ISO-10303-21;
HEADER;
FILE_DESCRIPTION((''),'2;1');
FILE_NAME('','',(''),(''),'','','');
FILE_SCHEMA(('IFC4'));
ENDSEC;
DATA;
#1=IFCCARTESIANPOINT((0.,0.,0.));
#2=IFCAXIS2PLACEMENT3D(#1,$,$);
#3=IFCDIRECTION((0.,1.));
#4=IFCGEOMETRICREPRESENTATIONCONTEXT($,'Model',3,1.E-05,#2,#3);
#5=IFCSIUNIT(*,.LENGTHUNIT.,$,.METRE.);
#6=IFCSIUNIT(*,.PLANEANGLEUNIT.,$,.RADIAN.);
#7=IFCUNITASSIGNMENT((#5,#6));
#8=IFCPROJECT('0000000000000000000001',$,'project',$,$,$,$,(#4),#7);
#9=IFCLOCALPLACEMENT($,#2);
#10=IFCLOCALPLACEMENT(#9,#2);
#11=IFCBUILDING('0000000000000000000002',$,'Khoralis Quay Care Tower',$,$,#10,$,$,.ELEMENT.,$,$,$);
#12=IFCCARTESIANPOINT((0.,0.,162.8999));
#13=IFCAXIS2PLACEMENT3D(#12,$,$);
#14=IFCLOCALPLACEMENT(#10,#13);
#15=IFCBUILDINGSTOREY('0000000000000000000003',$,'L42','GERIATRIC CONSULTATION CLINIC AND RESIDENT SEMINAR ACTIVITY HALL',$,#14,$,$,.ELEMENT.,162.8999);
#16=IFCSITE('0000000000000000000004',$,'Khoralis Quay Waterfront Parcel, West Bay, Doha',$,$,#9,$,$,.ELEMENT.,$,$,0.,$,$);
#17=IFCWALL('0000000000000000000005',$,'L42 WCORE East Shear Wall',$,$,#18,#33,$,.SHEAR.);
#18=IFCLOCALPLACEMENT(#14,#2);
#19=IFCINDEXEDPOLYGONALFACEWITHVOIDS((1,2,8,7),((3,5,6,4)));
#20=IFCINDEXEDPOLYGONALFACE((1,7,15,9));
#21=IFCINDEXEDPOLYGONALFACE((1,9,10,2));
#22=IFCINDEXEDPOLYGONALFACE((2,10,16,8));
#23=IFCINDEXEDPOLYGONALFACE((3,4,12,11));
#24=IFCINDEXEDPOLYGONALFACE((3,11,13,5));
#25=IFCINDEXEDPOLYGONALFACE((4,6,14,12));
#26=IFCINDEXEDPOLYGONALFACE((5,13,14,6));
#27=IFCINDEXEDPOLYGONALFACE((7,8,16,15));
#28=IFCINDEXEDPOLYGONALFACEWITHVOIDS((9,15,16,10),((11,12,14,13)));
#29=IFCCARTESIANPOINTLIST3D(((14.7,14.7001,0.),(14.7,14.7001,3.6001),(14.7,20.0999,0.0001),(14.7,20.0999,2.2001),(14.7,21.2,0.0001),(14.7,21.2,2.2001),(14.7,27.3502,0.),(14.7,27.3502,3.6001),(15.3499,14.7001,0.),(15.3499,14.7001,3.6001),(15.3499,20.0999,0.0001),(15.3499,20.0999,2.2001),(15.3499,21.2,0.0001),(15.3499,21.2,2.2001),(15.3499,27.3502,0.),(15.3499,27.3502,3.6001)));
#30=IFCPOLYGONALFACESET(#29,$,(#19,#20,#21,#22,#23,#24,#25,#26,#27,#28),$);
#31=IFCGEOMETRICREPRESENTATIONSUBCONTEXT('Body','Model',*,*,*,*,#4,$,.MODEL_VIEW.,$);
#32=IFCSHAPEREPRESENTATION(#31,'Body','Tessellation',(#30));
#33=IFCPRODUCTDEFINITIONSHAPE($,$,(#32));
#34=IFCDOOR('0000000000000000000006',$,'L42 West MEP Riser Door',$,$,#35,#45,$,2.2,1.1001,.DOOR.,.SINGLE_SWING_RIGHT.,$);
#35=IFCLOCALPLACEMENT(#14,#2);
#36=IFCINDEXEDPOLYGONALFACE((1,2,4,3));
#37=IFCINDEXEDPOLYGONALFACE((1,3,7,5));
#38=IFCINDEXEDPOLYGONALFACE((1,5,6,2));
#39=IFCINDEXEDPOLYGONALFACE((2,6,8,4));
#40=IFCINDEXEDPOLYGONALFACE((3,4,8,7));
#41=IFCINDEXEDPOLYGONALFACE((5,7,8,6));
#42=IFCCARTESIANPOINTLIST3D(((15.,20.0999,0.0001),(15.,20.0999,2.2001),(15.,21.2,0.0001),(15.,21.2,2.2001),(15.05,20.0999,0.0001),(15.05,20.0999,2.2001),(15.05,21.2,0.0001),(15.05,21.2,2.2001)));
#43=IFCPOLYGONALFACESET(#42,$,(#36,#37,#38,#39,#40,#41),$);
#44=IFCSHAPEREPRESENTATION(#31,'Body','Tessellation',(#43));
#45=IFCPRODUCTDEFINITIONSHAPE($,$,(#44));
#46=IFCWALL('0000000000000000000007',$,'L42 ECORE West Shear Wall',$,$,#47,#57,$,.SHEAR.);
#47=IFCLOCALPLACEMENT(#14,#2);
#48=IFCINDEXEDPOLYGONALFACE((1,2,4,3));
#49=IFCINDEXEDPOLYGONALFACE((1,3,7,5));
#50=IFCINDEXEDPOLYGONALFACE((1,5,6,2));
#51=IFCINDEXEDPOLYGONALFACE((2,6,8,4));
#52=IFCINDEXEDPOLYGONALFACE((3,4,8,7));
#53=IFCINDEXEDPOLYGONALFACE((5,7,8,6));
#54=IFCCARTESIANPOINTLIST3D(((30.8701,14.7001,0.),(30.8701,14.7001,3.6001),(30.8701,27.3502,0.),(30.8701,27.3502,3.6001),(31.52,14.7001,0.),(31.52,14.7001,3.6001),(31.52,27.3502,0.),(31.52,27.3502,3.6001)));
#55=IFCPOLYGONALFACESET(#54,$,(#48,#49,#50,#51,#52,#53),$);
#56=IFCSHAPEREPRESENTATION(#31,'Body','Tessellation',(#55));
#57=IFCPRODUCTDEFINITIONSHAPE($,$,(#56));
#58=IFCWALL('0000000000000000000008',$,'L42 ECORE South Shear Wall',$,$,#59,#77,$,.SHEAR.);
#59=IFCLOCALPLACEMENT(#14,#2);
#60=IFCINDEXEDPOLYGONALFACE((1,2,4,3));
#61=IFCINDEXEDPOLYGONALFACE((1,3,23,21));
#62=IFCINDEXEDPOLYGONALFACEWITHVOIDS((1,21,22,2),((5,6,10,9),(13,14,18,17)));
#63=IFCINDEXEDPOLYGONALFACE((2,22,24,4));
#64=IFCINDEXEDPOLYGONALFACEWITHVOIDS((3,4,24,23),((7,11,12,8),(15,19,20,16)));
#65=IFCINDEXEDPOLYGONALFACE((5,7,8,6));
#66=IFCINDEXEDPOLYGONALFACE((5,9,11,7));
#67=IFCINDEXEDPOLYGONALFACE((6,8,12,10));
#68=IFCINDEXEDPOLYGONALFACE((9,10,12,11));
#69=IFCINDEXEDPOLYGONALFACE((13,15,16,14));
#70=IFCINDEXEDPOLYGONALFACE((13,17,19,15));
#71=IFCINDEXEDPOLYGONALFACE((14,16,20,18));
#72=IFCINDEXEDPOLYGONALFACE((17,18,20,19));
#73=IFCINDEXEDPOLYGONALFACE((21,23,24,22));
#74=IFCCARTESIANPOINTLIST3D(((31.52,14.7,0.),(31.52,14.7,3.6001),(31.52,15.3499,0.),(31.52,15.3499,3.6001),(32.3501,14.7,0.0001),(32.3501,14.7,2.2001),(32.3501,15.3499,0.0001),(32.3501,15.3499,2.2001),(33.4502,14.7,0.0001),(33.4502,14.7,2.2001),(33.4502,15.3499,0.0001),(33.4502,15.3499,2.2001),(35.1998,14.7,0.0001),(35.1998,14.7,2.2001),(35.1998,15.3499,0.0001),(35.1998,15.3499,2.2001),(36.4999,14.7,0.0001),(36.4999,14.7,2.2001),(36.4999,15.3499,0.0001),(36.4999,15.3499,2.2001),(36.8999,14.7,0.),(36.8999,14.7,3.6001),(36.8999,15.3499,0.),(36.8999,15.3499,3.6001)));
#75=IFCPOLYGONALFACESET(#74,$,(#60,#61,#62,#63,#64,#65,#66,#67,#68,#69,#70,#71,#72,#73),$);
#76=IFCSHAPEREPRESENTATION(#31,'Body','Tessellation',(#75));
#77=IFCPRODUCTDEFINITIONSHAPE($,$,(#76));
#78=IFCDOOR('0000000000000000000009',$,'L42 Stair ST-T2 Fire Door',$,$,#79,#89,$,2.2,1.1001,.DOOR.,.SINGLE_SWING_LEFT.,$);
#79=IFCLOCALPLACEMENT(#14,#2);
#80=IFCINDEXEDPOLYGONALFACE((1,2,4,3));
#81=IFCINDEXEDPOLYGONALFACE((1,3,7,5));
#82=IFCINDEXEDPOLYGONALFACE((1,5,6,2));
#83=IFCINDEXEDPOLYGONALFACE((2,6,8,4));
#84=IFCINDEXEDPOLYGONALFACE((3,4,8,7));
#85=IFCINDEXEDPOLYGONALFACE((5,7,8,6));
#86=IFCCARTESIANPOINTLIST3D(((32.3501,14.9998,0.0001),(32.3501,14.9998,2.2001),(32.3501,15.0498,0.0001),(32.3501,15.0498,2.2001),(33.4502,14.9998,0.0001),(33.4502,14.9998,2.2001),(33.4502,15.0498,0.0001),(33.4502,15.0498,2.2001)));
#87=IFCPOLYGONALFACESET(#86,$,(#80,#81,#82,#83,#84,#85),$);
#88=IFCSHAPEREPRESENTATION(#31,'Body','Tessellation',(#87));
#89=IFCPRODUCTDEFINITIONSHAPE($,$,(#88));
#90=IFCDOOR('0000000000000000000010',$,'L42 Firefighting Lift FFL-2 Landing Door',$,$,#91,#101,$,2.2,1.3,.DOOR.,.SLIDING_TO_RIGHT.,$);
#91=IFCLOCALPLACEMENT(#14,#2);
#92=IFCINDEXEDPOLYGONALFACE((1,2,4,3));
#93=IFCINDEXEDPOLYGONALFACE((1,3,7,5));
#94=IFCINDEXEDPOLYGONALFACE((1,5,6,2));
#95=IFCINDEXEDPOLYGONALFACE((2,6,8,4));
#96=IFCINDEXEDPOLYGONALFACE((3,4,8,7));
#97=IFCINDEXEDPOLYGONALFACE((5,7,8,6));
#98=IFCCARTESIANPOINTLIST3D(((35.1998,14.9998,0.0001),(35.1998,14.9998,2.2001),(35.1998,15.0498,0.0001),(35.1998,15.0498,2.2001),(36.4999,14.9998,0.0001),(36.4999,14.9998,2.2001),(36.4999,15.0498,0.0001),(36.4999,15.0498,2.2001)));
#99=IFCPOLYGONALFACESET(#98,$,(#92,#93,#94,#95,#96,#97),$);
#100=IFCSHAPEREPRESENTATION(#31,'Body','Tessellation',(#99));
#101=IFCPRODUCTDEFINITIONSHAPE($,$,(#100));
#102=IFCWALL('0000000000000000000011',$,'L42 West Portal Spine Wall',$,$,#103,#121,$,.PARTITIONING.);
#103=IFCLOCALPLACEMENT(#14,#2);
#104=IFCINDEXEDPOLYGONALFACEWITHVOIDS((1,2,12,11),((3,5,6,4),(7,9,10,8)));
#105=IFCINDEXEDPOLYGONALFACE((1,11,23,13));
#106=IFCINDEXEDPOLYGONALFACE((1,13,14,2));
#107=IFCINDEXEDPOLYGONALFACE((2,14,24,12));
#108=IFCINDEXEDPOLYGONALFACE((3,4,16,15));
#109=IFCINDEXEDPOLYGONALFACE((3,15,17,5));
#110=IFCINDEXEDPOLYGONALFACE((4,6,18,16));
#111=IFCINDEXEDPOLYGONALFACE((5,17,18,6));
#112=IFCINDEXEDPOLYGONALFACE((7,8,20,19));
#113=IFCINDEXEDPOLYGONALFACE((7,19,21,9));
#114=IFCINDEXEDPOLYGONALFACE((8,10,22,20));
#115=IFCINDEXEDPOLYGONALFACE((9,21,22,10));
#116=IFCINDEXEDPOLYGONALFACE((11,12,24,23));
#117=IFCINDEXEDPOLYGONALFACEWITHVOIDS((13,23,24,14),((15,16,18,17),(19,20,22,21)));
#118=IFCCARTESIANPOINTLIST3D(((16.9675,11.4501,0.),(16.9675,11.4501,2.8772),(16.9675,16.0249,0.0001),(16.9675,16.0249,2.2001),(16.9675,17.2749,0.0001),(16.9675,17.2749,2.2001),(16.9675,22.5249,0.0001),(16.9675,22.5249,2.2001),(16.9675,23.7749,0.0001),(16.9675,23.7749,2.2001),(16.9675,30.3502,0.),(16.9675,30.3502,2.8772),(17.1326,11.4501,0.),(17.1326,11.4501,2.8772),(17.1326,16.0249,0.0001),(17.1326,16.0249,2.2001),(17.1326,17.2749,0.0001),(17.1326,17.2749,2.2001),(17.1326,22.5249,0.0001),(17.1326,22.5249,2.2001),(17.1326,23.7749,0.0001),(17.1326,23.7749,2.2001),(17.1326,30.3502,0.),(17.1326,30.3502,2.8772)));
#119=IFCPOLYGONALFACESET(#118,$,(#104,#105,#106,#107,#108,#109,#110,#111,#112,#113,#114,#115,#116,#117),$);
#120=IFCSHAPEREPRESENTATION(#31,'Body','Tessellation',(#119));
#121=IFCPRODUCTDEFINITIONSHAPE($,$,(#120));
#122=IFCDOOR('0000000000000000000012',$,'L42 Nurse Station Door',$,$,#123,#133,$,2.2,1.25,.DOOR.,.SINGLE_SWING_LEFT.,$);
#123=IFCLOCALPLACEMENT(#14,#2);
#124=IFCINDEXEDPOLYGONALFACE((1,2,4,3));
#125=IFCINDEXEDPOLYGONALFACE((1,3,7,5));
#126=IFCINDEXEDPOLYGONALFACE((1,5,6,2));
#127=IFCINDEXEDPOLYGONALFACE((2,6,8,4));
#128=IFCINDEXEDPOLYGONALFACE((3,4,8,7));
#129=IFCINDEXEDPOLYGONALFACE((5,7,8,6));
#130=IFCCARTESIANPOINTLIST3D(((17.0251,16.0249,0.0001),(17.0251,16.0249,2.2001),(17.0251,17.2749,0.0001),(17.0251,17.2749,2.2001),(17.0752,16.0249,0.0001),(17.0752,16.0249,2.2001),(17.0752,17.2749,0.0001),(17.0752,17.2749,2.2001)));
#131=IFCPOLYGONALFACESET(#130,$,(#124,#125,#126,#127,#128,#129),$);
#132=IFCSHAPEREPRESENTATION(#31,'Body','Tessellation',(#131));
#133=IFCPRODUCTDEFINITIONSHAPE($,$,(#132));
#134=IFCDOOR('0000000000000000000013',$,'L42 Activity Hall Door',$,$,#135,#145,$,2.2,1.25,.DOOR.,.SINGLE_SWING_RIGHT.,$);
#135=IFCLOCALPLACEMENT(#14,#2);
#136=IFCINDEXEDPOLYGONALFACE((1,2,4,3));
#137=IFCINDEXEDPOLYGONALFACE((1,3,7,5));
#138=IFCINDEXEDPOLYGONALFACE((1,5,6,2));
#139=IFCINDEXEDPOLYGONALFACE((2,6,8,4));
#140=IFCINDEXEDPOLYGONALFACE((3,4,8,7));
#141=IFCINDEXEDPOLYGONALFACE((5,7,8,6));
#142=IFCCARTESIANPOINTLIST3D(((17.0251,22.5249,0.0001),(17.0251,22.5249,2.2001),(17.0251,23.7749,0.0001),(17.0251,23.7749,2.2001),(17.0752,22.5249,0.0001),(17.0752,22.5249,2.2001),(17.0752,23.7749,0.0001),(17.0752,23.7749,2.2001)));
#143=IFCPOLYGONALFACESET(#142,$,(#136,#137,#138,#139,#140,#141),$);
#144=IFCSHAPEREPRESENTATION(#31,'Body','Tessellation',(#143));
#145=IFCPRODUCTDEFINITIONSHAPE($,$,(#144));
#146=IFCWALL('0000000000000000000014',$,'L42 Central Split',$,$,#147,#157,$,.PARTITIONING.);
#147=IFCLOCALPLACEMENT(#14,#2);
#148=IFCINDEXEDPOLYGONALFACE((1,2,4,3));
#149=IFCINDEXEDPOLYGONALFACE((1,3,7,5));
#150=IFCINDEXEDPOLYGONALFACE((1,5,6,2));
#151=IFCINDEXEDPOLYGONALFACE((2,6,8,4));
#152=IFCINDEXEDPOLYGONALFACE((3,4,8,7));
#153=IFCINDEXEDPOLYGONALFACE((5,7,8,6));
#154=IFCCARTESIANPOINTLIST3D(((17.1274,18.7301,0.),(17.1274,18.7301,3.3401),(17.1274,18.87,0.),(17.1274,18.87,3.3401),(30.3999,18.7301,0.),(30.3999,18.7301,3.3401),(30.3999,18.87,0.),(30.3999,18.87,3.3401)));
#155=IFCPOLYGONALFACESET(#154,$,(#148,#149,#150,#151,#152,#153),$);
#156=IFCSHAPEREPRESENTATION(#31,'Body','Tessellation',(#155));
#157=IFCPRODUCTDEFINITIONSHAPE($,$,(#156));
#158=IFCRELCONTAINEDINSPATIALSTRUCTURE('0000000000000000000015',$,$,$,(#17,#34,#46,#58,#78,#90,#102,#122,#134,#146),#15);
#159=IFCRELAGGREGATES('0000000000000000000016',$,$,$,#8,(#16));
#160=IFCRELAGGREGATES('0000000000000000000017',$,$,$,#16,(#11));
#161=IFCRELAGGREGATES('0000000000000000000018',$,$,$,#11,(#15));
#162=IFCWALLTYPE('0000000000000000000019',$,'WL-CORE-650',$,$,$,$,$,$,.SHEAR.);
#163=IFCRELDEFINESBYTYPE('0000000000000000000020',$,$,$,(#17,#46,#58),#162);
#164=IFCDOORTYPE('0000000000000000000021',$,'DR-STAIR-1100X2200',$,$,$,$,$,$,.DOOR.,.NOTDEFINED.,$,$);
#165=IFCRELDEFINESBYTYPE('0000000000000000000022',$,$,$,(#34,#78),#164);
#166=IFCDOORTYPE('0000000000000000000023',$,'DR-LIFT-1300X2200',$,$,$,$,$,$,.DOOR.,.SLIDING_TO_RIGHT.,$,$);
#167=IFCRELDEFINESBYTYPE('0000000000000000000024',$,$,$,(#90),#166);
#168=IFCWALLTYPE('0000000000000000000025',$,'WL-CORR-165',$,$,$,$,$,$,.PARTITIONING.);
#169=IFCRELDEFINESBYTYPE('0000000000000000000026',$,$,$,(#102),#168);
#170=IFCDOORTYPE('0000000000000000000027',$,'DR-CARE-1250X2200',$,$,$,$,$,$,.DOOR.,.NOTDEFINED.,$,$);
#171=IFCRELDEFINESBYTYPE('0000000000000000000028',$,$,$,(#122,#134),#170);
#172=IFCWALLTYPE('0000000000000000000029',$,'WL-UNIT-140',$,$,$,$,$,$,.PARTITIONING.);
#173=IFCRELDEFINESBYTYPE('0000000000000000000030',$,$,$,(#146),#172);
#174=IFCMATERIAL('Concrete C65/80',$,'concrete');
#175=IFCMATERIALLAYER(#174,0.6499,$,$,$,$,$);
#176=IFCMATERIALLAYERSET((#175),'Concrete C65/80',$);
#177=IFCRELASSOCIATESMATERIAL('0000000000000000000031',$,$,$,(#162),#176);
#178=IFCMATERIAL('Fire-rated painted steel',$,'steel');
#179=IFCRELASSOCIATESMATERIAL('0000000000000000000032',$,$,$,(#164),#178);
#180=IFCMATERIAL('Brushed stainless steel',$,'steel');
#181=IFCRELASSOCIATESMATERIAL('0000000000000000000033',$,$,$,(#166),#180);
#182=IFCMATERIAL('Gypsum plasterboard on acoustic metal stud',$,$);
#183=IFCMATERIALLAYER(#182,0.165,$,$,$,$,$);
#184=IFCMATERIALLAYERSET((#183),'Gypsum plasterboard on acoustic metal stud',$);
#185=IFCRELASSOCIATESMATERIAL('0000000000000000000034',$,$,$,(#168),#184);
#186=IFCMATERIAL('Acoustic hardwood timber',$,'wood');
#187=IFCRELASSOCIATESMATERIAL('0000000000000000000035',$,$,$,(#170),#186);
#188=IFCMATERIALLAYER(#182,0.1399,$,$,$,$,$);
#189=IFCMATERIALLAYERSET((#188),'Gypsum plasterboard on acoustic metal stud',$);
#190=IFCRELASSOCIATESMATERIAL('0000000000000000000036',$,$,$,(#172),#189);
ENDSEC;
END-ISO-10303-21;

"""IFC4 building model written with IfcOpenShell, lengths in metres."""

from ifc_helpers import new_model, si_unit, direction, frame, frame_2d, origin, place, context, subcontext, project, spatial, rectangle, extrude, source, transform, mapped, material, layer, layer_set, type_object, element, fill, save


model = new_model("IFC4")

# Units and contexts
model_context = context("Model", 3, precision=1e-05, world=origin(), true_north=direction((0.0, 1.0)))
body_context = subcontext(model_context, "Body", "Model", "MODEL_VIEW")
ifc_project = project(units=[si_unit("LENGTHUNIT", "METRE"), si_unit("PLANEANGLEUNIT", "RADIAN")], contexts=[model_context])

# Site, building, storey
site_placement = place(None, origin())
site = spatial("IfcSite", under=ifc_project, at=site_placement, Name="Khoralis Quay Waterfront Parcel, West Bay, Doha", CompositionType="ELEMENT", RefElevation=0.0)
building_placement = place(site_placement, origin())
building = spatial("IfcBuilding", under=site, at=building_placement, Name="Khoralis Quay Care Tower", CompositionType="ELEMENT")
storey_placement = place(building_placement, frame((0.0, 0.0, 162.8999)))
storey = spatial("IfcBuildingStorey", under=building, at=storey_placement, Name="L42", Description="GERIATRIC CONSULTATION CLINIC AND RESIDENT SEMINAR ACTIVITY HALL", CompositionType="ELEMENT", Elevation=162.8999)

# Shared definitions
ifc_material_1 = material(Name="Concrete C65/80", Category="concrete")

# Shared definitions
ifc_material_2 = material(Name="Gypsum plasterboard on acoustic metal stud")

# Shared definitions
ifc_material_3 = material(Name="Fire-rated painted steel", Category="steel")

# Wall, opening, door
ifc_layer_1 = layer(ifc_material_1, 0.6499)
ifc_layer_set_1 = layer_set([ifc_layer_1], Name="Concrete C65/80")
wall_type_1 = type_object("IfcWallType", Name="WL-CORE-650", PredefinedType="SHEAR", material=ifc_layer_set_1)
wall_1_placement = place(storey_placement, frame((15.0249, 14.7, 0.0), z_axis=(0.0, 0.0, 1.0), x_axis=(0.0, 1.0, 0.0)))
wall_1 = element("IfcWall", 1, at=wall_1_placement, inside=storey, type_object=wall_type_1, Name="L42 WCORE East Shear Wall", PredefinedType="SHEAR", context=body_context, shape_type="SweptSolid", body=[
    extrude(rectangle(XDim=12.6501, YDim=0.6499, at=frame_2d((6.3252, 0.0))), origin(), (0.0, 0.0, 1.0), 3.6001),
])
opening_1_placement = place(wall_1_placement, frame((5.3999, 0.0, 0.0)))
opening_1 = element("IfcOpeningElement", 2, at=opening_1_placement, cuts=wall_1, PredefinedType="OPENING", context=body_context, shape_type="SweptSolid", body=[
    extrude(rectangle(XDim=1.1001, YDim=2.2, at=frame_2d((0.55, 1.1001))), frame((0.0, 0.335, 0.0), z_axis=(0.0, -1.0, 0.0), x_axis=(1.0, 0.0, 0.0)), (0.0, 0.0, 1.0), 0.6699),
])
door_type_1 = type_object("IfcDoorType", Name="DR-STAIR-1100X2200", OperationType="NOTDEFINED", PredefinedType="DOOR", material=ifc_material_3)
shared_shape_1 = source(origin(), body_context, "Body", "SweptSolid", [
    extrude(rectangle(XDim=1.1001, YDim=2.2, at=frame_2d((0.55, 1.1001))), frame((0.0, 0.0249, 0.0), z_axis=(0.0, -1.0, 0.0), x_axis=(1.0, 0.0, 0.0)), (0.0, 0.0, 1.0), 0.05),
])
door_1_placement = place(opening_1_placement, origin())
door_1 = element("IfcDoor", 3, at=door_1_placement, inside=storey, type_object=door_type_1, Name="L42 West MEP Riser Door", OperationType="SINGLE_SWING_RIGHT", OverallHeight=2.2, OverallWidth=1.1001, PredefinedType="DOOR", context=body_context, shape_type="MappedRepresentation", body=[
    mapped(shared_shape_1, transform((0.0, 0.0, 0.0), scale=1.0)),
])
fill(opening_1, door_1)

# Wall
wall_2_placement = place(storey_placement, frame((31.1951, 14.7, 0.0), z_axis=(0.0, 0.0, 1.0), x_axis=(0.0, 1.0, 0.0)))
element("IfcWall", 4, at=wall_2_placement, inside=storey, type_object=wall_type_1, Name="L42 ECORE West Shear Wall", PredefinedType="SHEAR", context=body_context, shape_type="SweptSolid", body=[
    extrude(rectangle(XDim=12.6501, YDim=0.6499, at=frame_2d((6.3252, 0.0))), origin(), (0.0, 0.0, 1.0), 3.6001),
])

# Walls, openings, doors
wall_3_placement = place(storey_placement, frame((31.52, 15.0249, 0.0), z_axis=(0.0, 0.0, 1.0), x_axis=(1.0, 0.0, 0.0)))
wall_3 = element("IfcWall", 5, at=wall_3_placement, inside=storey, type_object=wall_type_1, Name="L42 ECORE South Shear Wall", PredefinedType="SHEAR", context=body_context, shape_type="SweptSolid", body=[
    extrude(rectangle(XDim=5.3799, YDim=0.6499, at=frame_2d((2.6899, 0.0))), origin(), (0.0, 0.0, 1.0), 3.6001),
])
opening_2_placement = place(wall_3_placement, frame((0.8301, 0.0, 0.0)))
opening_2 = element("IfcOpeningElement", 6, at=opening_2_placement, cuts=wall_3, PredefinedType="OPENING", context=body_context, shape_type="SweptSolid", body=[
    extrude(rectangle(XDim=1.1001, YDim=2.2, at=frame_2d((0.55, 1.1001))), frame((0.0, 0.335, 0.0), z_axis=(0.0, -1.0, 0.0), x_axis=(1.0, 0.0, 0.0)), (0.0, 0.0, 1.0), 0.6699),
])
opening_3_placement = place(wall_3_placement, frame((3.6799, 0.0, 0.0)))
opening_3 = element("IfcOpeningElement", 7, at=opening_3_placement, cuts=wall_3, PredefinedType="OPENING", context=body_context, shape_type="SweptSolid", body=[
    extrude(rectangle(XDim=1.3, YDim=2.2, at=frame_2d((0.6499, 1.1001))), frame((0.0, 0.335, 0.0), z_axis=(0.0, -1.0, 0.0), x_axis=(1.0, 0.0, 0.0)), (0.0, 0.0, 1.0), 0.6699),
])
door_2_placement = place(opening_2_placement, origin())
door_2 = element("IfcDoor", 8, at=door_2_placement, inside=storey, type_object=door_type_1, Name="L42 Stair ST-T2 Fire Door", OperationType="SINGLE_SWING_LEFT", OverallHeight=2.2, OverallWidth=1.1001, PredefinedType="DOOR", context=body_context, shape_type="MappedRepresentation", body=[
    mapped(shared_shape_1, transform((0.0, 0.0, 0.0), scale=1.0)),
])
fill(opening_2, door_2)
ifc_material_4 = material(Name="Brushed stainless steel", Category="steel")
door_type_2 = type_object("IfcDoorType", Name="DR-LIFT-1300X2200", OperationType="SLIDING_TO_RIGHT", PredefinedType="DOOR", material=ifc_material_4)
shared_shape_2 = source(origin(), body_context, "Body", "SweptSolid", [
    extrude(rectangle(XDim=1.3, YDim=2.2, at=frame_2d((0.6499, 1.1001))), frame((0.0, 0.0249, 0.0), z_axis=(0.0, -1.0, 0.0), x_axis=(1.0, 0.0, 0.0)), (0.0, 0.0, 1.0), 0.05),
])
door_3_placement = place(opening_3_placement, origin())
door_3 = element("IfcDoor", 9, at=door_3_placement, inside=storey, type_object=door_type_2, Name="L42 Firefighting Lift FFL-2 Landing Door", OperationType="SLIDING_TO_RIGHT", OverallHeight=2.2, OverallWidth=1.3, PredefinedType="DOOR", context=body_context, shape_type="MappedRepresentation", body=[
    mapped(shared_shape_2, transform((0.0, 0.0, 0.0), scale=1.0)),
])
fill(opening_3, door_3)
ifc_layer_2 = layer(ifc_material_2, 0.165)
ifc_layer_set_2 = layer_set([ifc_layer_2], Name="Gypsum plasterboard on acoustic metal stud")
wall_type_2 = type_object("IfcWallType", Name="WL-CORR-165", PredefinedType="PARTITIONING", material=ifc_layer_set_2)
wall_4_placement = place(storey_placement, frame((17.05, 11.45, 0.0), z_axis=(0.0, 0.0, 1.0), x_axis=(0.0, 1.0, 0.0)))
wall_4 = element("IfcWall", 10, at=wall_4_placement, inside=storey, type_object=wall_type_2, Name="L42 West Portal Spine Wall", PredefinedType="PARTITIONING", context=body_context, shape_type="SweptSolid", body=[
    extrude(rectangle(XDim=18.9001, YDim=0.165, at=frame_2d((9.4502, 0.0))), origin(), (0.0, 0.0, 1.0), 2.8772),
])
opening_4_placement = place(wall_4_placement, frame((4.575, 0.0, 0.0)))
opening_4 = element("IfcOpeningElement", 11, at=opening_4_placement, cuts=wall_4, PredefinedType="OPENING", context=body_context, shape_type="SweptSolid", body=[
    extrude(rectangle(XDim=1.25, YDim=2.2, at=frame_2d((0.625, 1.1001))), frame((0.0, 0.0925, 0.0), z_axis=(0.0, -1.0, 0.0), x_axis=(1.0, 0.0, 0.0)), (0.0, 0.0, 1.0), 0.1851),
])
opening_5_placement = place(wall_4_placement, frame((11.075, 0.0, 0.0)))
opening_5 = element("IfcOpeningElement", 12, at=opening_5_placement, cuts=wall_4, PredefinedType="OPENING", context=body_context, shape_type="SweptSolid", body=[
    extrude(rectangle(XDim=1.25, YDim=2.2, at=frame_2d((0.625, 1.1001))), frame((0.0, 0.0925, 0.0), z_axis=(0.0, -1.0, 0.0), x_axis=(1.0, 0.0, 0.0)), (0.0, 0.0, 1.0), 0.1851),
])
ifc_material_5 = material(Name="Acoustic hardwood timber", Category="wood")
door_type_3 = type_object("IfcDoorType", Name="DR-CARE-1250X2200", OperationType="NOTDEFINED", PredefinedType="DOOR", material=ifc_material_5)
shared_shape_3 = source(origin(), body_context, "Body", "SweptSolid", [
    extrude(rectangle(XDim=1.25, YDim=2.2, at=frame_2d((0.625, 1.1001))), frame((0.0, 0.0249, 0.0), z_axis=(0.0, -1.0, 0.0), x_axis=(1.0, 0.0, 0.0)), (0.0, 0.0, 1.0), 0.05),
])
door_4_placement = place(opening_4_placement, origin())
door_4 = element("IfcDoor", 13, at=door_4_placement, inside=storey, type_object=door_type_3, Name="L42 Nurse Station Door", OperationType="SINGLE_SWING_LEFT", OverallHeight=2.2, OverallWidth=1.25, PredefinedType="DOOR", context=body_context, shape_type="MappedRepresentation", body=[
    mapped(shared_shape_3, transform((0.0, 0.0, 0.0), scale=1.0)),
])
fill(opening_4, door_4)
door_5_placement = place(opening_5_placement, origin())
door_5 = element("IfcDoor", 14, at=door_5_placement, inside=storey, type_object=door_type_3, Name="L42 Activity Hall Door", OperationType="SINGLE_SWING_RIGHT", OverallHeight=2.2, OverallWidth=1.25, PredefinedType="DOOR", context=body_context, shape_type="MappedRepresentation", body=[
    mapped(shared_shape_3, transform((0.0, 0.0, 0.0), scale=1.0)),
])
fill(opening_5, door_5)

# Wall
ifc_layer_3 = layer(ifc_material_2, 0.1399)
ifc_layer_set_3 = layer_set([ifc_layer_3], Name="Gypsum plasterboard on acoustic metal stud")
wall_type_3 = type_object("IfcWallType", Name="WL-UNIT-140", PredefinedType="PARTITIONING", material=ifc_layer_set_3)
wall_5_placement = place(storey_placement, frame((17.1274, 18.8, 0.0), z_axis=(0.0, 0.0, 1.0), x_axis=(1.0, 0.0, 0.0)))
element("IfcWall", 15, at=wall_5_placement, inside=storey, type_object=wall_type_3, Name="L42 Central Split", PredefinedType="PARTITIONING", context=body_context, shape_type="SweptSolid", body=[
    extrude(rectangle(XDim=13.2725, YDim=0.1399, at=frame_2d((6.6362, 0.0))), origin(), (0.0, 0.0, 1.0), 3.3401),
])

save(model, "model.ifc")
